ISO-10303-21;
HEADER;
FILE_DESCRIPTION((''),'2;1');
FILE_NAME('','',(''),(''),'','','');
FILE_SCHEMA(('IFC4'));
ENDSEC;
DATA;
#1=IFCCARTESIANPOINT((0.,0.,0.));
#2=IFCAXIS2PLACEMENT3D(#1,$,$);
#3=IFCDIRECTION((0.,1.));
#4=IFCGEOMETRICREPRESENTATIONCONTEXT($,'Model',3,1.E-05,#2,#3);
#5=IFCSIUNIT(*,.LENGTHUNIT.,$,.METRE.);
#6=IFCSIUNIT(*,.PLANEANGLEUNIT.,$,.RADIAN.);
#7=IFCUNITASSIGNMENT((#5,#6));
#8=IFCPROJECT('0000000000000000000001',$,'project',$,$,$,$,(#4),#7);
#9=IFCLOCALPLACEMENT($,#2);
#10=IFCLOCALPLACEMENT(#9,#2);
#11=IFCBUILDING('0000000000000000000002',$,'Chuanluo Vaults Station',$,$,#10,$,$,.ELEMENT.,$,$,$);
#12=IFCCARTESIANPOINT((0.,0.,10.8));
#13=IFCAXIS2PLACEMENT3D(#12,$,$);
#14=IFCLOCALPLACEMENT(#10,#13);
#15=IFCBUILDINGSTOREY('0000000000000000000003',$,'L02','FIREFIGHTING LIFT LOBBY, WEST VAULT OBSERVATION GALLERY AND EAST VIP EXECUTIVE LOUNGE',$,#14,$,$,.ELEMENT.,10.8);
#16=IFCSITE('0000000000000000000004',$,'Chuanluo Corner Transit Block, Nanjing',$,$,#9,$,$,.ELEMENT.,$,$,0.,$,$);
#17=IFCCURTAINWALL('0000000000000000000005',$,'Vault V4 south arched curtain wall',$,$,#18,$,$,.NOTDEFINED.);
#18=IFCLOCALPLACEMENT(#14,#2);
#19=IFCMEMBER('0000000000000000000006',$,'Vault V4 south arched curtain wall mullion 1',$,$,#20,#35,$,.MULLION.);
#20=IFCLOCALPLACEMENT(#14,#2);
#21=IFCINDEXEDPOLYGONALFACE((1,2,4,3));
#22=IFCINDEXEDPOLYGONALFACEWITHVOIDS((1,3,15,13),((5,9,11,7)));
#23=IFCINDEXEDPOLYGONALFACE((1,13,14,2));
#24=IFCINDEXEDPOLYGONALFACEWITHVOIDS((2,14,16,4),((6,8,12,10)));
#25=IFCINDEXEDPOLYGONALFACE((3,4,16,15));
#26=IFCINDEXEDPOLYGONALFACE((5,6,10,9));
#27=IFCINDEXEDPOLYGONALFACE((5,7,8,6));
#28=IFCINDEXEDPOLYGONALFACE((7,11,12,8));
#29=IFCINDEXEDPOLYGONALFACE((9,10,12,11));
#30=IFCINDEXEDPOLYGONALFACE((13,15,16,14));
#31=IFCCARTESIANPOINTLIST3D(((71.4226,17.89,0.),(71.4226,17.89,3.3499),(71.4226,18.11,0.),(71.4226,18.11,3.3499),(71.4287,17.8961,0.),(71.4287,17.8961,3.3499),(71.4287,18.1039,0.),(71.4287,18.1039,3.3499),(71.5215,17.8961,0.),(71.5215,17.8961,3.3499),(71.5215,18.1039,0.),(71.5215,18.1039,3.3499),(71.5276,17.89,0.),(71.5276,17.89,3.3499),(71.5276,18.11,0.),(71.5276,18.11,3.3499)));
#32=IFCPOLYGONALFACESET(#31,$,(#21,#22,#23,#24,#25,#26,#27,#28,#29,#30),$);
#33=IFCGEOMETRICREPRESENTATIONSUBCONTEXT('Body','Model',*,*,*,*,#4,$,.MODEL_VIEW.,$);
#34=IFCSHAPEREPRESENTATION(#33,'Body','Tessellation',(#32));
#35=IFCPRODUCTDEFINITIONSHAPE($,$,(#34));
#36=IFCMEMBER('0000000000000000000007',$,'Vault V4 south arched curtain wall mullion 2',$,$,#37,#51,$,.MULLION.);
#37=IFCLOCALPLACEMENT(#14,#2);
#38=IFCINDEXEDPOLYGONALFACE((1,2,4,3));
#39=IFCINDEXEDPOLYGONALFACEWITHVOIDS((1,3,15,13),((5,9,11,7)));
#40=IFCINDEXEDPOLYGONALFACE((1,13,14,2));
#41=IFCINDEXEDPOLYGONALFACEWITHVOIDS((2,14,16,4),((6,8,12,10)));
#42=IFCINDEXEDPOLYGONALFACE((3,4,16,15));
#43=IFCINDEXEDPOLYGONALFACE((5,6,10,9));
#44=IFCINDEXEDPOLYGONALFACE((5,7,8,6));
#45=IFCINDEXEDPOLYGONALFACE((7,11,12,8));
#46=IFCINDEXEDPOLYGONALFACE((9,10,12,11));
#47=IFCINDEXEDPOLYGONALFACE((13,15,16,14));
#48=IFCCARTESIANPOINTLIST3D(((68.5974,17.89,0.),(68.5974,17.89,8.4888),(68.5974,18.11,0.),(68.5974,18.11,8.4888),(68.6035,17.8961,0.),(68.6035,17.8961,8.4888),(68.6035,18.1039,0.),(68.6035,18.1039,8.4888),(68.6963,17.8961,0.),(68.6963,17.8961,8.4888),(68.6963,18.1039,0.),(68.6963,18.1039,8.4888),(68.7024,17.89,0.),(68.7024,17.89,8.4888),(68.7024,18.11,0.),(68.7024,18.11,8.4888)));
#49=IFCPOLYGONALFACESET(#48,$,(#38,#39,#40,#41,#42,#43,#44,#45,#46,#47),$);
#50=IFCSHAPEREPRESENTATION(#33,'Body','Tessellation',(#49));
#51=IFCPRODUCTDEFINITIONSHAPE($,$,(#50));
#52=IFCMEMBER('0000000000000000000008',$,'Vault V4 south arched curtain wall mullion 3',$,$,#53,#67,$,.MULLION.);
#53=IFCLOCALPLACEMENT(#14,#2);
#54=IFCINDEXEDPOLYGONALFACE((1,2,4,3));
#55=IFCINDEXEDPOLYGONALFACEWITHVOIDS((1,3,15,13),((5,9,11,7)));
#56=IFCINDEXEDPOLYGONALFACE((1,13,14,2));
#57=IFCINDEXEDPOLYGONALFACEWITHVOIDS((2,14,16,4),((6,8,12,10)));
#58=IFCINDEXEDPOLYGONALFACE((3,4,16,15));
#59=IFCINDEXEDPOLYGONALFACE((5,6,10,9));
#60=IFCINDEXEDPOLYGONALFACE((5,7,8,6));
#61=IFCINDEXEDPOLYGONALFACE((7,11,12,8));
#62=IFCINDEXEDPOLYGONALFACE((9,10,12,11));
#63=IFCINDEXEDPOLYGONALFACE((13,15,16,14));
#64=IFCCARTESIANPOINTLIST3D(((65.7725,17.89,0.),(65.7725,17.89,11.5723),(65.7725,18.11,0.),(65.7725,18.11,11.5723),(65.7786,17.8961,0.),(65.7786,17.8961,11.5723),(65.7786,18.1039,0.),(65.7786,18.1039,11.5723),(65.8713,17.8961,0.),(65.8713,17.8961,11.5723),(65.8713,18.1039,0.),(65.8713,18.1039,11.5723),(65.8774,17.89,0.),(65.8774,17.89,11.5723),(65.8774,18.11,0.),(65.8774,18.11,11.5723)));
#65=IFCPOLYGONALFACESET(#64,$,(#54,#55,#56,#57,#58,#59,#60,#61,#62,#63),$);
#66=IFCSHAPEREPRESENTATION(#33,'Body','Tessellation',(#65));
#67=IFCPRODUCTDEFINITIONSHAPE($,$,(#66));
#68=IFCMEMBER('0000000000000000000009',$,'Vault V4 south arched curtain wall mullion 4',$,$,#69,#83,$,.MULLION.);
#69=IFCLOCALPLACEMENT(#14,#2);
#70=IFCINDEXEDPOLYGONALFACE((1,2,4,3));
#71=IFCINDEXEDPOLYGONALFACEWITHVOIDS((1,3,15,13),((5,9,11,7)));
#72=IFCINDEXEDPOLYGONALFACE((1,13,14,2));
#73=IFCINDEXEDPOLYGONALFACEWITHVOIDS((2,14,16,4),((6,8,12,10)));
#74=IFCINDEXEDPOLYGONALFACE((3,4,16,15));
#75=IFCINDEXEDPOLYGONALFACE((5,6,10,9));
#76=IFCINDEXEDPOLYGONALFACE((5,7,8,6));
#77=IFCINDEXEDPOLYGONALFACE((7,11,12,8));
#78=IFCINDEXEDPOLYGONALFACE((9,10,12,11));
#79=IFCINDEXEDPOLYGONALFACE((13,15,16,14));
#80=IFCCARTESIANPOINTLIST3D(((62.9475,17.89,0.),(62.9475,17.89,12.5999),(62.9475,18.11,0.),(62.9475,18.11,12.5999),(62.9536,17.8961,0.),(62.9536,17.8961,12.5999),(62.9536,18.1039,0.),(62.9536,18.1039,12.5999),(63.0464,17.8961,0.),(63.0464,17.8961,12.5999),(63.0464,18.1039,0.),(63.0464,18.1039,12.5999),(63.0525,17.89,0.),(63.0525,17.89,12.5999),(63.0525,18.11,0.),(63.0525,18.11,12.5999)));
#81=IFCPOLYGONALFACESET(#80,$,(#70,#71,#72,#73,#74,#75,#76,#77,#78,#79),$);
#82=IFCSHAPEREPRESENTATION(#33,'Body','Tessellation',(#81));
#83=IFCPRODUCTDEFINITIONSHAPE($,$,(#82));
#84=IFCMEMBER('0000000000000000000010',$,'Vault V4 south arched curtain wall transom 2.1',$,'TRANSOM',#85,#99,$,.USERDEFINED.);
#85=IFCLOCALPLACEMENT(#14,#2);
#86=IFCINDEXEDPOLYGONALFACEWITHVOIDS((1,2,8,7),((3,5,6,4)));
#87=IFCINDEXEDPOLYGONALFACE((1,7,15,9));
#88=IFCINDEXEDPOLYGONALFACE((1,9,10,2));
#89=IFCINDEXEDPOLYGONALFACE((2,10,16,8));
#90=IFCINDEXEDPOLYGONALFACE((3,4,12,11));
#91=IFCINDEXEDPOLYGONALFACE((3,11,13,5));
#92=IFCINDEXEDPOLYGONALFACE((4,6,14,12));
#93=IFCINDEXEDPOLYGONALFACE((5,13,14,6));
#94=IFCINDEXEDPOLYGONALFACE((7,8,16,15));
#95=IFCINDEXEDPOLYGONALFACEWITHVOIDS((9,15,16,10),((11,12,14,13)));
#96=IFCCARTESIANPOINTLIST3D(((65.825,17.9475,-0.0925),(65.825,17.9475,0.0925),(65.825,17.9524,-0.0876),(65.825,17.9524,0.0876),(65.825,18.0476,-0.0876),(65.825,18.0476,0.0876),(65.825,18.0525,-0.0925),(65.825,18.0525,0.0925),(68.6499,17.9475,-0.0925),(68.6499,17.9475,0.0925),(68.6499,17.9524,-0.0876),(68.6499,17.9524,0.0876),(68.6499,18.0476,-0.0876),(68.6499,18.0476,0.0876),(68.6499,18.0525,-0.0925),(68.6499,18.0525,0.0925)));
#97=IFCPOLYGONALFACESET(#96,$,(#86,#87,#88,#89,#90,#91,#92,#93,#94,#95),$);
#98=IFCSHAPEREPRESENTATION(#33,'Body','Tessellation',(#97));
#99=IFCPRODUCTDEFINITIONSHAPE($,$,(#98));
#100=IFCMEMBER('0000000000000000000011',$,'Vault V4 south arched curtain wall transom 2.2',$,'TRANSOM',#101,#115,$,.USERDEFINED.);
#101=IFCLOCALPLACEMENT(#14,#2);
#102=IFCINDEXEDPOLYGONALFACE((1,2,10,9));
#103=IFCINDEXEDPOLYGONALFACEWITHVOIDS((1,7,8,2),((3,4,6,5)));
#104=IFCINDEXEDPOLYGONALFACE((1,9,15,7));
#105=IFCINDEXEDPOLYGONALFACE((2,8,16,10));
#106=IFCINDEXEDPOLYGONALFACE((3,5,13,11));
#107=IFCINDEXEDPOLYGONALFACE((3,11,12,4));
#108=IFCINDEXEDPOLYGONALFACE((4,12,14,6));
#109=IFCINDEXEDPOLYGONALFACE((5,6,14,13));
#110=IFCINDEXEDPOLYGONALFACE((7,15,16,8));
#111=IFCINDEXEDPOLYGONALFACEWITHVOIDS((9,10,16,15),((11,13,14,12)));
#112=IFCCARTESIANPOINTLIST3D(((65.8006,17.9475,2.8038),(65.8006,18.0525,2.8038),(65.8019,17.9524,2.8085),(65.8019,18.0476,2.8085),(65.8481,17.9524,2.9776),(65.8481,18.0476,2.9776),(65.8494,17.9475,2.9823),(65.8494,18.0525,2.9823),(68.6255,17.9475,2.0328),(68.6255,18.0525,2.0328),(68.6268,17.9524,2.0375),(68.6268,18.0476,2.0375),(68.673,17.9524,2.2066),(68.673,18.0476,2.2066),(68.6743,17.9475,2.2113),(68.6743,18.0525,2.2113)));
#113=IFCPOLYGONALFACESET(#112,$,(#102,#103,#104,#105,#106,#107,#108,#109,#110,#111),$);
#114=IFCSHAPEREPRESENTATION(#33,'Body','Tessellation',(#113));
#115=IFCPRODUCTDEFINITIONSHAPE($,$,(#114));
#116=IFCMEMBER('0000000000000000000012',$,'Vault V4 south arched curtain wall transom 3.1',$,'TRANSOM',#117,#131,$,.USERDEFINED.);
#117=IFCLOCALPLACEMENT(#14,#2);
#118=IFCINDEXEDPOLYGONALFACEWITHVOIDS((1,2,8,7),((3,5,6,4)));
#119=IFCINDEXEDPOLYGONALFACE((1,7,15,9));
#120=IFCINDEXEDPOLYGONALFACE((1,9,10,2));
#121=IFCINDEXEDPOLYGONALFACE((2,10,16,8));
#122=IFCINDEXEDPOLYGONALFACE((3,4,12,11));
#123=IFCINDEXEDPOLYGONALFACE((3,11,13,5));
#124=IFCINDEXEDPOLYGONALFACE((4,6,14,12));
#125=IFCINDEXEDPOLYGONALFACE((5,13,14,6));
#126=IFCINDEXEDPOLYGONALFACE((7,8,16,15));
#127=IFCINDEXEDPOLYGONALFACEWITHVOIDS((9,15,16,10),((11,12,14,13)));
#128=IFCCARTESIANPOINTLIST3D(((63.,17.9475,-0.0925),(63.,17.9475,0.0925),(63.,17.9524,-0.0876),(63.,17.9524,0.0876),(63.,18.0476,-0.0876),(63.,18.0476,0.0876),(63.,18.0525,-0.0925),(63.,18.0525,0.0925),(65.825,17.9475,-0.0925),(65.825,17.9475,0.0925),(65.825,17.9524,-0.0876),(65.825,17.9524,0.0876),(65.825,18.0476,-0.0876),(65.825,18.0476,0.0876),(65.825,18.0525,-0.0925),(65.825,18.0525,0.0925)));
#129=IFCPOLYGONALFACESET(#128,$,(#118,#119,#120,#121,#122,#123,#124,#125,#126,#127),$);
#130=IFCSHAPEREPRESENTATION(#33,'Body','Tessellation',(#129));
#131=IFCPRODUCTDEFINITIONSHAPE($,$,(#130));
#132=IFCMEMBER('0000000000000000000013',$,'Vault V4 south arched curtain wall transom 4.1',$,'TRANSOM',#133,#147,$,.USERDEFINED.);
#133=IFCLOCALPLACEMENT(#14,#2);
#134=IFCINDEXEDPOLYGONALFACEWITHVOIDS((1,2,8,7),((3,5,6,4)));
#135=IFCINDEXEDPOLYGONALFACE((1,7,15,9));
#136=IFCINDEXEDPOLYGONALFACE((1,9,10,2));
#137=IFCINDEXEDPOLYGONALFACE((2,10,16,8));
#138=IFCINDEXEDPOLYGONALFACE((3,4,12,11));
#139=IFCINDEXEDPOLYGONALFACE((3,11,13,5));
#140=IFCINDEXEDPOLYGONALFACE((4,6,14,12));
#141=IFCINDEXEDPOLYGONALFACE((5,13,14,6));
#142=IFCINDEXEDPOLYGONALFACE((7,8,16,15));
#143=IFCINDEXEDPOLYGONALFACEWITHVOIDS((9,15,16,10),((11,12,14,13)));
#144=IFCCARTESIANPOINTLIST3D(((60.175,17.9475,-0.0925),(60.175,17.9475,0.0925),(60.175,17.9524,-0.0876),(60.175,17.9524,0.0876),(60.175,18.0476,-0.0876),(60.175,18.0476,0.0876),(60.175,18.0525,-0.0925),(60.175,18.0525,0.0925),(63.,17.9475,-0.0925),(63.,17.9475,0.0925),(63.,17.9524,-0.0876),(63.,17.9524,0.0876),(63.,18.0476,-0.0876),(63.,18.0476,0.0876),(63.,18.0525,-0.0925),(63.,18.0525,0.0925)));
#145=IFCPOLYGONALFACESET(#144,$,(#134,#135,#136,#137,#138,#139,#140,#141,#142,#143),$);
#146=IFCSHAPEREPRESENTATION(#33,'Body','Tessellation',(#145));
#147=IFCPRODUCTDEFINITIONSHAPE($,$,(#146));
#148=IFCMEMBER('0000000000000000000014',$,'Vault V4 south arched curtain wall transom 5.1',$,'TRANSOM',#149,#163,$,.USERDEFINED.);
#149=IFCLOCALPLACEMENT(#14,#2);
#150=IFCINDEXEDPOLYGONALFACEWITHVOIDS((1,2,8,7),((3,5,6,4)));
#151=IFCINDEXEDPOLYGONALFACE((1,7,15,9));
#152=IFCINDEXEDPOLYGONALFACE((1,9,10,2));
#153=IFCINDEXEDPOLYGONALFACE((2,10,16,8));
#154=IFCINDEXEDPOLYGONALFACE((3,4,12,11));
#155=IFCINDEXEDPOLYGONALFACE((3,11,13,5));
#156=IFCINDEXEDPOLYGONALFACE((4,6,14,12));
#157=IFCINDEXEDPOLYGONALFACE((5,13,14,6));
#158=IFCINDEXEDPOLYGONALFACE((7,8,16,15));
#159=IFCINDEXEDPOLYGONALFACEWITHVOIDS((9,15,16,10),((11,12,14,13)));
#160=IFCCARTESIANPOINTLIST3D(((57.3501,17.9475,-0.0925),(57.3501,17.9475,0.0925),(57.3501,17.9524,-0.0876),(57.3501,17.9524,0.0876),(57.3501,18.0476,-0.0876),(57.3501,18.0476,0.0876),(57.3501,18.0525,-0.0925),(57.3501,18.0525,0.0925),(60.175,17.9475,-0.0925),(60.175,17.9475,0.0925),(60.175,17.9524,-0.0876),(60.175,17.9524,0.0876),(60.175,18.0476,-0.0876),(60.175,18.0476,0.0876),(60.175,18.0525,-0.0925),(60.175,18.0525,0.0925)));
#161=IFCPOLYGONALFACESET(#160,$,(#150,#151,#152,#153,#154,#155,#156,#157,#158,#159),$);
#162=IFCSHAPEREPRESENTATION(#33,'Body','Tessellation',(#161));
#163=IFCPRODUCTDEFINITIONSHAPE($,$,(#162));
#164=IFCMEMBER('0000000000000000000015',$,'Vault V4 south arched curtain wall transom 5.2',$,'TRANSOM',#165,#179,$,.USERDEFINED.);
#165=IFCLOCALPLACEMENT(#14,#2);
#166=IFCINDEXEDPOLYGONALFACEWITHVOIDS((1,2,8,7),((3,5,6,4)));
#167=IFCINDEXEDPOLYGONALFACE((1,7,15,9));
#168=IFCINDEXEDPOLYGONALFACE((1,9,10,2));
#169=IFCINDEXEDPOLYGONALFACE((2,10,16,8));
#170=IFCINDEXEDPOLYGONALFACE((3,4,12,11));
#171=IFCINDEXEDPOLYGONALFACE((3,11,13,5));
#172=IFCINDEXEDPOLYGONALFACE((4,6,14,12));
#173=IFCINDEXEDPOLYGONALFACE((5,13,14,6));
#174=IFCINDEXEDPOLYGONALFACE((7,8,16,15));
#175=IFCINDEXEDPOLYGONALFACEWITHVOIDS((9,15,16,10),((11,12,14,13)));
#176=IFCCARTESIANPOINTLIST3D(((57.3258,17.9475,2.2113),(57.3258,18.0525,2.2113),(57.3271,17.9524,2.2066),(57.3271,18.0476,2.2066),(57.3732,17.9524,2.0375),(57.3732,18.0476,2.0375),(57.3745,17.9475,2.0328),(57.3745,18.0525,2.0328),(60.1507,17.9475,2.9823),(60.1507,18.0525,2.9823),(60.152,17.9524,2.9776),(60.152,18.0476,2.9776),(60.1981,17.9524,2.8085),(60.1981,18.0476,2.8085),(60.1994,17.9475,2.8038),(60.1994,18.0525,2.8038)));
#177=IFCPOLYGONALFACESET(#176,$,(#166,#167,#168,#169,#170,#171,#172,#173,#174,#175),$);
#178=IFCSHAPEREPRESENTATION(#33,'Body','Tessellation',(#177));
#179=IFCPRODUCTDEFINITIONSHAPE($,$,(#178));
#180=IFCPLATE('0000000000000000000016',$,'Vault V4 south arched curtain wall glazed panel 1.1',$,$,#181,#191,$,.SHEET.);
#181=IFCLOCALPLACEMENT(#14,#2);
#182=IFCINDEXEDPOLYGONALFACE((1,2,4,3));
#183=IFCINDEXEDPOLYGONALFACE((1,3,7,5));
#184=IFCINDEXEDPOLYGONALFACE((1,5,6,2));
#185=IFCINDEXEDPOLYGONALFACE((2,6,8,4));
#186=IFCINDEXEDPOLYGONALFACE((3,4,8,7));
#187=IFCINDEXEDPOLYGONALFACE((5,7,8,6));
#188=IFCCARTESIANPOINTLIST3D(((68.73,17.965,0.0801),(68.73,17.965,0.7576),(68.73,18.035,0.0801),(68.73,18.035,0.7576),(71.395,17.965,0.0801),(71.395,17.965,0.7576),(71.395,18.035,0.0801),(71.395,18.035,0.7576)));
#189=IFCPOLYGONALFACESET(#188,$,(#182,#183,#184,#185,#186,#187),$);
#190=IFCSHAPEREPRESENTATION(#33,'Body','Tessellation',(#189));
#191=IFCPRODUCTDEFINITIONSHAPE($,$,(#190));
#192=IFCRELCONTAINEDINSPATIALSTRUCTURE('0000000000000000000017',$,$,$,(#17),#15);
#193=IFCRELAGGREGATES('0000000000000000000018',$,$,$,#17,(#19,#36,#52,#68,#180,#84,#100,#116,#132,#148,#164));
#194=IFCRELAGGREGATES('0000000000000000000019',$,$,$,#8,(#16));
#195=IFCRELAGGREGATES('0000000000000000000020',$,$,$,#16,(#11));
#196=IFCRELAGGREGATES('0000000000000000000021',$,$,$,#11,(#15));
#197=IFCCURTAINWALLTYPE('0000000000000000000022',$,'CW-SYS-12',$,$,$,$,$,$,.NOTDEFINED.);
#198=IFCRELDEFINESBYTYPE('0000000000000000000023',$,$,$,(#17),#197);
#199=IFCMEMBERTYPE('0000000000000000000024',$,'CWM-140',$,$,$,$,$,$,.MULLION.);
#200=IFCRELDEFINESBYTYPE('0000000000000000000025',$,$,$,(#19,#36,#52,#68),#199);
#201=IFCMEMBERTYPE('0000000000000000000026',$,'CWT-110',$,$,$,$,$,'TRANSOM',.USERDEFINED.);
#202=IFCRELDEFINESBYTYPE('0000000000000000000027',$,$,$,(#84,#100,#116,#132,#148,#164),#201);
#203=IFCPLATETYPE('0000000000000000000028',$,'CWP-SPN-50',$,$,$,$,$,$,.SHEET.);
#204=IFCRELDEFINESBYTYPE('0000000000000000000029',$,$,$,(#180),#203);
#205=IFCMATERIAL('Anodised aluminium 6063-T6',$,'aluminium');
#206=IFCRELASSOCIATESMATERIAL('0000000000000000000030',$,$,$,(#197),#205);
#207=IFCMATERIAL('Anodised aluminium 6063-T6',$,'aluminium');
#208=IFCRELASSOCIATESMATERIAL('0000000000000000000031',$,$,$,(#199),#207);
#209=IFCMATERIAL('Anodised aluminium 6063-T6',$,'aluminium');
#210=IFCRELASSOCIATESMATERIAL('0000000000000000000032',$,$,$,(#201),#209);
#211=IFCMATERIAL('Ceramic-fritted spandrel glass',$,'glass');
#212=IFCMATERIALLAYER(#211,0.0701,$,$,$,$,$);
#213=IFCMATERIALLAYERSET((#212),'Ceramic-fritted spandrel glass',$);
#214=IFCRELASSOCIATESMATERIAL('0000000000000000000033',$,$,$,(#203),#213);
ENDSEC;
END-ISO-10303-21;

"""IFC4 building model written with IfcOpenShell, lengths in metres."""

from ifc_helpers import new_model, si_unit, direction, frame, origin, origin_2d, place, context, subcontext, project, spatial, rectangle, hollow_rectangle, extrude, material, layer, layer_set, material_profile, profile_set, type_object, element, aggregate, save


model = new_model("IFC4")

# Units and contexts
model_context = context("Model", 3, precision=1e-05, world=origin(), true_north=direction((0.0, 1.0)))
body_context = subcontext(model_context, "Body", "Model", "MODEL_VIEW")
ifc_project = project(units=[si_unit("LENGTHUNIT", "METRE"), si_unit("PLANEANGLEUNIT", "RADIAN")], contexts=[model_context])

# Site, building, storey
site_placement = place(None, origin())
site = spatial("IfcSite", under=ifc_project, at=site_placement, Name="Chuanluo Corner Transit Block, Nanjing", CompositionType="ELEMENT", RefElevation=0.0)
building_placement = place(site_placement, origin())
building = spatial("IfcBuilding", under=site, at=building_placement, Name="Chuanluo Vaults Station", CompositionType="ELEMENT")
storey_placement = place(building_placement, frame((0.0, 0.0, 10.8)))
storey = spatial("IfcBuildingStorey", under=building, at=storey_placement, Name="L02", Description="FIREFIGHTING LIFT LOBBY, WEST VAULT OBSERVATION GALLERY AND EAST VIP EXECUTIVE LOUNGE", CompositionType="ELEMENT", Elevation=10.8)

# Curtain wall, members, plate
ifc_material_1 = material(Name="Anodised aluminium 6063-T6", Category="aluminium")
curtain_wall_type = type_object("IfcCurtainWallType", Name="CW-SYS-12", PredefinedType="NOTDEFINED", material=ifc_material_1)
curtain_wall_placement = place(storey_placement, origin())
curtain_wall = element("IfcCurtainWall", 1, at=curtain_wall_placement, inside=storey, type_object=curtain_wall_type, Name="Vault V4 south arched curtain wall", PredefinedType="NOTDEFINED")
ifc_material_2 = material(Name="Anodised aluminium 6063-T6", Category="aluminium")
ifc_material_profile_1 = material_profile(ifc_material_2, hollow_rectangle(XDim=0.105, YDim=0.22, WallThickness=0.0061, at=origin_2d()))
ifc_profile_set_1 = profile_set([ifc_material_profile_1], Name="Anodised aluminium 6063-T6")
member_type_1 = type_object("IfcMemberType", Name="CWM-140", PredefinedType="MULLION", material=ifc_profile_set_1)
member_1_placement = place(storey_placement, frame((71.4751, 18.0, 0.0), z_axis=(0.0, 0.0, 1.0), x_axis=(-1.0, 0.0, 0.0)))
member_1 = element("IfcMember", 2, at=member_1_placement, type_object=member_type_1, Name="Vault V4 south arched curtain wall mullion 1", PredefinedType="MULLION", context=body_context, shape_type="SweptSolid", body=[
    extrude(hollow_rectangle(XDim=0.105, YDim=0.22, WallThickness=0.0061, at=origin_2d()), origin(), (0.0, 0.0, 1.0), 3.3499),
])
member_2_placement = place(storey_placement, frame((68.6499, 18.0, 0.0), z_axis=(0.0, 0.0, 1.0), x_axis=(-1.0, 0.0, 0.0)))
member_2 = element("IfcMember", 3, at=member_2_placement, type_object=member_type_1, Name="Vault V4 south arched curtain wall mullion 2", PredefinedType="MULLION", context=body_context, shape_type="SweptSolid", body=[
    extrude(hollow_rectangle(XDim=0.105, YDim=0.22, WallThickness=0.0061, at=origin_2d()), origin(), (0.0, 0.0, 1.0), 8.4888),
])
member_3_placement = place(storey_placement, frame((65.825, 18.0, 0.0), z_axis=(0.0, 0.0, 1.0), x_axis=(-1.0, 0.0, 0.0)))
member_3 = element("IfcMember", 4, at=member_3_placement, type_object=member_type_1, Name="Vault V4 south arched curtain wall mullion 3", PredefinedType="MULLION", context=body_context, shape_type="SweptSolid", body=[
    extrude(hollow_rectangle(XDim=0.105, YDim=0.22, WallThickness=0.0061, at=origin_2d()), origin(), (0.0, 0.0, 1.0), 11.5723),
])
member_4_placement = place(storey_placement, frame((63.0, 18.0, 0.0), z_axis=(0.0, 0.0, 1.0), x_axis=(-1.0, 0.0, 0.0)))
member_4 = element("IfcMember", 5, at=member_4_placement, type_object=member_type_1, Name="Vault V4 south arched curtain wall mullion 4", PredefinedType="MULLION", context=body_context, shape_type="SweptSolid", body=[
    extrude(hollow_rectangle(XDim=0.105, YDim=0.22, WallThickness=0.0061, at=origin_2d()), origin(), (0.0, 0.0, 1.0), 12.5999),
])
ifc_material_3 = material(Name="Anodised aluminium 6063-T6", Category="aluminium")
ifc_material_profile_2 = material_profile(ifc_material_3, hollow_rectangle(XDim=0.105, YDim=0.1851, WallThickness=0.0049, at=origin_2d()))
ifc_profile_set_2 = profile_set([ifc_material_profile_2], Name="Anodised aluminium 6063-T6")
member_type_2 = type_object("IfcMemberType", Name="CWT-110", ElementType="TRANSOM", PredefinedType="USERDEFINED", material=ifc_profile_set_2)
member_5_placement = place(storey_placement, frame((68.6499, 18.0, 0.0), z_axis=(-1.0, 0.0, 0.0), x_axis=(0.0, -1.0, 0.0)))
member_5 = element("IfcMember", 6, at=member_5_placement, type_object=member_type_2, Name="Vault V4 south arched curtain wall transom 2.1", ObjectType="TRANSOM", PredefinedType="USERDEFINED", context=body_context, shape_type="SweptSolid", body=[
    extrude(hollow_rectangle(XDim=0.105, YDim=0.1851, WallThickness=0.0049, at=origin_2d()), origin(), (0.0, 0.0, 1.0), 2.825),
])
member_6_placement = place(storey_placement, frame((68.6499, 18.0, 2.1221), z_axis=(-0.964716, 0.0, 0.263294), x_axis=(0.0, -1.0, 0.0)))
member_6 = element("IfcMember", 7, at=member_6_placement, type_object=member_type_2, Name="Vault V4 south arched curtain wall transom 2.2", ObjectType="TRANSOM", PredefinedType="USERDEFINED", context=body_context, shape_type="SweptSolid", body=[
    extrude(hollow_rectangle(XDim=0.105, YDim=0.1851, WallThickness=0.0049, at=origin_2d()), origin(), (0.0, 0.0, 1.0), 2.9282),
])
member_7_placement = place(storey_placement, frame((65.825, 18.0, 0.0), z_axis=(-1.0, 0.0, 0.0), x_axis=(0.0, -1.0, 0.0)))
member_7 = element("IfcMember", 8, at=member_7_placement, type_object=member_type_2, Name="Vault V4 south arched curtain wall transom 3.1", ObjectType="TRANSOM", PredefinedType="USERDEFINED", context=body_context, shape_type="SweptSolid", body=[
    extrude(hollow_rectangle(XDim=0.105, YDim=0.1851, WallThickness=0.0049, at=origin_2d()), origin(), (0.0, 0.0, 1.0), 2.825),
])
member_8_placement = place(storey_placement, frame((63.0, 18.0, 0.0), z_axis=(-1.0, 0.0, 0.0), x_axis=(0.0, -1.0, 0.0)))
member_8 = element("IfcMember", 9, at=member_8_placement, type_object=member_type_2, Name="Vault V4 south arched curtain wall transom 4.1", ObjectType="TRANSOM", PredefinedType="USERDEFINED", context=body_context, shape_type="SweptSolid", body=[
    extrude(hollow_rectangle(XDim=0.105, YDim=0.1851, WallThickness=0.0049, at=origin_2d()), origin(), (0.0, 0.0, 1.0), 2.825),
])
member_9_placement = place(storey_placement, frame((60.175, 18.0, 0.0), z_axis=(-1.0, 0.0, 0.0), x_axis=(0.0, -1.0, 0.0)))
member_9 = element("IfcMember", 10, at=member_9_placement, type_object=member_type_2, Name="Vault V4 south arched curtain wall transom 5.1", ObjectType="TRANSOM", PredefinedType="USERDEFINED", context=body_context, shape_type="SweptSolid", body=[
    extrude(hollow_rectangle(XDim=0.105, YDim=0.1851, WallThickness=0.0049, at=origin_2d()), origin(), (0.0, 0.0, 1.0), 2.825),
])
member_10_placement = place(storey_placement, frame((60.175, 18.0, 2.8931), z_axis=(-0.964716, 0.0, -0.263294), x_axis=(0.0, -1.0, 0.0)))
member_10 = element("IfcMember", 11, at=member_10_placement, type_object=member_type_2, Name="Vault V4 south arched curtain wall transom 5.2", ObjectType="TRANSOM", PredefinedType="USERDEFINED", context=body_context, shape_type="SweptSolid", body=[
    extrude(hollow_rectangle(XDim=0.105, YDim=0.1851, WallThickness=0.0049, at=origin_2d()), origin(), (0.0, 0.0, 1.0), 2.9282),
])
ifc_material_4 = material(Name="Ceramic-fritted spandrel glass", Category="glass")
ifc_layer_1 = layer(ifc_material_4, 0.0701)
ifc_layer_set_1 = layer_set([ifc_layer_1], Name="Ceramic-fritted spandrel glass")
plate_type_1 = type_object("IfcPlateType", Name="CWP-SPN-50", PredefinedType="SHEET", material=ifc_layer_set_1)
plate_1_placement = place(storey_placement, frame((70.0625, 18.0, 0.0801), z_axis=(0.0, 0.0, 1.0), x_axis=(-1.0, 0.0, 0.0)))
plate_1 = element("IfcPlate", 12, at=plate_1_placement, type_object=plate_type_1, Name="Vault V4 south arched curtain wall glazed panel 1.1", PredefinedType="SHEET", context=body_context, shape_type="SweptSolid", body=[
    extrude(rectangle(XDim=2.665, YDim=0.0701, at=origin_2d()), origin(), (0.0, 0.0, 1.0), 0.6775),
])
aggregate(curtain_wall, [member_1, member_2, member_3, member_4, plate_1, member_5, member_6, member_7, member_8, member_9, member_10])

save(model, "model.ifc")
